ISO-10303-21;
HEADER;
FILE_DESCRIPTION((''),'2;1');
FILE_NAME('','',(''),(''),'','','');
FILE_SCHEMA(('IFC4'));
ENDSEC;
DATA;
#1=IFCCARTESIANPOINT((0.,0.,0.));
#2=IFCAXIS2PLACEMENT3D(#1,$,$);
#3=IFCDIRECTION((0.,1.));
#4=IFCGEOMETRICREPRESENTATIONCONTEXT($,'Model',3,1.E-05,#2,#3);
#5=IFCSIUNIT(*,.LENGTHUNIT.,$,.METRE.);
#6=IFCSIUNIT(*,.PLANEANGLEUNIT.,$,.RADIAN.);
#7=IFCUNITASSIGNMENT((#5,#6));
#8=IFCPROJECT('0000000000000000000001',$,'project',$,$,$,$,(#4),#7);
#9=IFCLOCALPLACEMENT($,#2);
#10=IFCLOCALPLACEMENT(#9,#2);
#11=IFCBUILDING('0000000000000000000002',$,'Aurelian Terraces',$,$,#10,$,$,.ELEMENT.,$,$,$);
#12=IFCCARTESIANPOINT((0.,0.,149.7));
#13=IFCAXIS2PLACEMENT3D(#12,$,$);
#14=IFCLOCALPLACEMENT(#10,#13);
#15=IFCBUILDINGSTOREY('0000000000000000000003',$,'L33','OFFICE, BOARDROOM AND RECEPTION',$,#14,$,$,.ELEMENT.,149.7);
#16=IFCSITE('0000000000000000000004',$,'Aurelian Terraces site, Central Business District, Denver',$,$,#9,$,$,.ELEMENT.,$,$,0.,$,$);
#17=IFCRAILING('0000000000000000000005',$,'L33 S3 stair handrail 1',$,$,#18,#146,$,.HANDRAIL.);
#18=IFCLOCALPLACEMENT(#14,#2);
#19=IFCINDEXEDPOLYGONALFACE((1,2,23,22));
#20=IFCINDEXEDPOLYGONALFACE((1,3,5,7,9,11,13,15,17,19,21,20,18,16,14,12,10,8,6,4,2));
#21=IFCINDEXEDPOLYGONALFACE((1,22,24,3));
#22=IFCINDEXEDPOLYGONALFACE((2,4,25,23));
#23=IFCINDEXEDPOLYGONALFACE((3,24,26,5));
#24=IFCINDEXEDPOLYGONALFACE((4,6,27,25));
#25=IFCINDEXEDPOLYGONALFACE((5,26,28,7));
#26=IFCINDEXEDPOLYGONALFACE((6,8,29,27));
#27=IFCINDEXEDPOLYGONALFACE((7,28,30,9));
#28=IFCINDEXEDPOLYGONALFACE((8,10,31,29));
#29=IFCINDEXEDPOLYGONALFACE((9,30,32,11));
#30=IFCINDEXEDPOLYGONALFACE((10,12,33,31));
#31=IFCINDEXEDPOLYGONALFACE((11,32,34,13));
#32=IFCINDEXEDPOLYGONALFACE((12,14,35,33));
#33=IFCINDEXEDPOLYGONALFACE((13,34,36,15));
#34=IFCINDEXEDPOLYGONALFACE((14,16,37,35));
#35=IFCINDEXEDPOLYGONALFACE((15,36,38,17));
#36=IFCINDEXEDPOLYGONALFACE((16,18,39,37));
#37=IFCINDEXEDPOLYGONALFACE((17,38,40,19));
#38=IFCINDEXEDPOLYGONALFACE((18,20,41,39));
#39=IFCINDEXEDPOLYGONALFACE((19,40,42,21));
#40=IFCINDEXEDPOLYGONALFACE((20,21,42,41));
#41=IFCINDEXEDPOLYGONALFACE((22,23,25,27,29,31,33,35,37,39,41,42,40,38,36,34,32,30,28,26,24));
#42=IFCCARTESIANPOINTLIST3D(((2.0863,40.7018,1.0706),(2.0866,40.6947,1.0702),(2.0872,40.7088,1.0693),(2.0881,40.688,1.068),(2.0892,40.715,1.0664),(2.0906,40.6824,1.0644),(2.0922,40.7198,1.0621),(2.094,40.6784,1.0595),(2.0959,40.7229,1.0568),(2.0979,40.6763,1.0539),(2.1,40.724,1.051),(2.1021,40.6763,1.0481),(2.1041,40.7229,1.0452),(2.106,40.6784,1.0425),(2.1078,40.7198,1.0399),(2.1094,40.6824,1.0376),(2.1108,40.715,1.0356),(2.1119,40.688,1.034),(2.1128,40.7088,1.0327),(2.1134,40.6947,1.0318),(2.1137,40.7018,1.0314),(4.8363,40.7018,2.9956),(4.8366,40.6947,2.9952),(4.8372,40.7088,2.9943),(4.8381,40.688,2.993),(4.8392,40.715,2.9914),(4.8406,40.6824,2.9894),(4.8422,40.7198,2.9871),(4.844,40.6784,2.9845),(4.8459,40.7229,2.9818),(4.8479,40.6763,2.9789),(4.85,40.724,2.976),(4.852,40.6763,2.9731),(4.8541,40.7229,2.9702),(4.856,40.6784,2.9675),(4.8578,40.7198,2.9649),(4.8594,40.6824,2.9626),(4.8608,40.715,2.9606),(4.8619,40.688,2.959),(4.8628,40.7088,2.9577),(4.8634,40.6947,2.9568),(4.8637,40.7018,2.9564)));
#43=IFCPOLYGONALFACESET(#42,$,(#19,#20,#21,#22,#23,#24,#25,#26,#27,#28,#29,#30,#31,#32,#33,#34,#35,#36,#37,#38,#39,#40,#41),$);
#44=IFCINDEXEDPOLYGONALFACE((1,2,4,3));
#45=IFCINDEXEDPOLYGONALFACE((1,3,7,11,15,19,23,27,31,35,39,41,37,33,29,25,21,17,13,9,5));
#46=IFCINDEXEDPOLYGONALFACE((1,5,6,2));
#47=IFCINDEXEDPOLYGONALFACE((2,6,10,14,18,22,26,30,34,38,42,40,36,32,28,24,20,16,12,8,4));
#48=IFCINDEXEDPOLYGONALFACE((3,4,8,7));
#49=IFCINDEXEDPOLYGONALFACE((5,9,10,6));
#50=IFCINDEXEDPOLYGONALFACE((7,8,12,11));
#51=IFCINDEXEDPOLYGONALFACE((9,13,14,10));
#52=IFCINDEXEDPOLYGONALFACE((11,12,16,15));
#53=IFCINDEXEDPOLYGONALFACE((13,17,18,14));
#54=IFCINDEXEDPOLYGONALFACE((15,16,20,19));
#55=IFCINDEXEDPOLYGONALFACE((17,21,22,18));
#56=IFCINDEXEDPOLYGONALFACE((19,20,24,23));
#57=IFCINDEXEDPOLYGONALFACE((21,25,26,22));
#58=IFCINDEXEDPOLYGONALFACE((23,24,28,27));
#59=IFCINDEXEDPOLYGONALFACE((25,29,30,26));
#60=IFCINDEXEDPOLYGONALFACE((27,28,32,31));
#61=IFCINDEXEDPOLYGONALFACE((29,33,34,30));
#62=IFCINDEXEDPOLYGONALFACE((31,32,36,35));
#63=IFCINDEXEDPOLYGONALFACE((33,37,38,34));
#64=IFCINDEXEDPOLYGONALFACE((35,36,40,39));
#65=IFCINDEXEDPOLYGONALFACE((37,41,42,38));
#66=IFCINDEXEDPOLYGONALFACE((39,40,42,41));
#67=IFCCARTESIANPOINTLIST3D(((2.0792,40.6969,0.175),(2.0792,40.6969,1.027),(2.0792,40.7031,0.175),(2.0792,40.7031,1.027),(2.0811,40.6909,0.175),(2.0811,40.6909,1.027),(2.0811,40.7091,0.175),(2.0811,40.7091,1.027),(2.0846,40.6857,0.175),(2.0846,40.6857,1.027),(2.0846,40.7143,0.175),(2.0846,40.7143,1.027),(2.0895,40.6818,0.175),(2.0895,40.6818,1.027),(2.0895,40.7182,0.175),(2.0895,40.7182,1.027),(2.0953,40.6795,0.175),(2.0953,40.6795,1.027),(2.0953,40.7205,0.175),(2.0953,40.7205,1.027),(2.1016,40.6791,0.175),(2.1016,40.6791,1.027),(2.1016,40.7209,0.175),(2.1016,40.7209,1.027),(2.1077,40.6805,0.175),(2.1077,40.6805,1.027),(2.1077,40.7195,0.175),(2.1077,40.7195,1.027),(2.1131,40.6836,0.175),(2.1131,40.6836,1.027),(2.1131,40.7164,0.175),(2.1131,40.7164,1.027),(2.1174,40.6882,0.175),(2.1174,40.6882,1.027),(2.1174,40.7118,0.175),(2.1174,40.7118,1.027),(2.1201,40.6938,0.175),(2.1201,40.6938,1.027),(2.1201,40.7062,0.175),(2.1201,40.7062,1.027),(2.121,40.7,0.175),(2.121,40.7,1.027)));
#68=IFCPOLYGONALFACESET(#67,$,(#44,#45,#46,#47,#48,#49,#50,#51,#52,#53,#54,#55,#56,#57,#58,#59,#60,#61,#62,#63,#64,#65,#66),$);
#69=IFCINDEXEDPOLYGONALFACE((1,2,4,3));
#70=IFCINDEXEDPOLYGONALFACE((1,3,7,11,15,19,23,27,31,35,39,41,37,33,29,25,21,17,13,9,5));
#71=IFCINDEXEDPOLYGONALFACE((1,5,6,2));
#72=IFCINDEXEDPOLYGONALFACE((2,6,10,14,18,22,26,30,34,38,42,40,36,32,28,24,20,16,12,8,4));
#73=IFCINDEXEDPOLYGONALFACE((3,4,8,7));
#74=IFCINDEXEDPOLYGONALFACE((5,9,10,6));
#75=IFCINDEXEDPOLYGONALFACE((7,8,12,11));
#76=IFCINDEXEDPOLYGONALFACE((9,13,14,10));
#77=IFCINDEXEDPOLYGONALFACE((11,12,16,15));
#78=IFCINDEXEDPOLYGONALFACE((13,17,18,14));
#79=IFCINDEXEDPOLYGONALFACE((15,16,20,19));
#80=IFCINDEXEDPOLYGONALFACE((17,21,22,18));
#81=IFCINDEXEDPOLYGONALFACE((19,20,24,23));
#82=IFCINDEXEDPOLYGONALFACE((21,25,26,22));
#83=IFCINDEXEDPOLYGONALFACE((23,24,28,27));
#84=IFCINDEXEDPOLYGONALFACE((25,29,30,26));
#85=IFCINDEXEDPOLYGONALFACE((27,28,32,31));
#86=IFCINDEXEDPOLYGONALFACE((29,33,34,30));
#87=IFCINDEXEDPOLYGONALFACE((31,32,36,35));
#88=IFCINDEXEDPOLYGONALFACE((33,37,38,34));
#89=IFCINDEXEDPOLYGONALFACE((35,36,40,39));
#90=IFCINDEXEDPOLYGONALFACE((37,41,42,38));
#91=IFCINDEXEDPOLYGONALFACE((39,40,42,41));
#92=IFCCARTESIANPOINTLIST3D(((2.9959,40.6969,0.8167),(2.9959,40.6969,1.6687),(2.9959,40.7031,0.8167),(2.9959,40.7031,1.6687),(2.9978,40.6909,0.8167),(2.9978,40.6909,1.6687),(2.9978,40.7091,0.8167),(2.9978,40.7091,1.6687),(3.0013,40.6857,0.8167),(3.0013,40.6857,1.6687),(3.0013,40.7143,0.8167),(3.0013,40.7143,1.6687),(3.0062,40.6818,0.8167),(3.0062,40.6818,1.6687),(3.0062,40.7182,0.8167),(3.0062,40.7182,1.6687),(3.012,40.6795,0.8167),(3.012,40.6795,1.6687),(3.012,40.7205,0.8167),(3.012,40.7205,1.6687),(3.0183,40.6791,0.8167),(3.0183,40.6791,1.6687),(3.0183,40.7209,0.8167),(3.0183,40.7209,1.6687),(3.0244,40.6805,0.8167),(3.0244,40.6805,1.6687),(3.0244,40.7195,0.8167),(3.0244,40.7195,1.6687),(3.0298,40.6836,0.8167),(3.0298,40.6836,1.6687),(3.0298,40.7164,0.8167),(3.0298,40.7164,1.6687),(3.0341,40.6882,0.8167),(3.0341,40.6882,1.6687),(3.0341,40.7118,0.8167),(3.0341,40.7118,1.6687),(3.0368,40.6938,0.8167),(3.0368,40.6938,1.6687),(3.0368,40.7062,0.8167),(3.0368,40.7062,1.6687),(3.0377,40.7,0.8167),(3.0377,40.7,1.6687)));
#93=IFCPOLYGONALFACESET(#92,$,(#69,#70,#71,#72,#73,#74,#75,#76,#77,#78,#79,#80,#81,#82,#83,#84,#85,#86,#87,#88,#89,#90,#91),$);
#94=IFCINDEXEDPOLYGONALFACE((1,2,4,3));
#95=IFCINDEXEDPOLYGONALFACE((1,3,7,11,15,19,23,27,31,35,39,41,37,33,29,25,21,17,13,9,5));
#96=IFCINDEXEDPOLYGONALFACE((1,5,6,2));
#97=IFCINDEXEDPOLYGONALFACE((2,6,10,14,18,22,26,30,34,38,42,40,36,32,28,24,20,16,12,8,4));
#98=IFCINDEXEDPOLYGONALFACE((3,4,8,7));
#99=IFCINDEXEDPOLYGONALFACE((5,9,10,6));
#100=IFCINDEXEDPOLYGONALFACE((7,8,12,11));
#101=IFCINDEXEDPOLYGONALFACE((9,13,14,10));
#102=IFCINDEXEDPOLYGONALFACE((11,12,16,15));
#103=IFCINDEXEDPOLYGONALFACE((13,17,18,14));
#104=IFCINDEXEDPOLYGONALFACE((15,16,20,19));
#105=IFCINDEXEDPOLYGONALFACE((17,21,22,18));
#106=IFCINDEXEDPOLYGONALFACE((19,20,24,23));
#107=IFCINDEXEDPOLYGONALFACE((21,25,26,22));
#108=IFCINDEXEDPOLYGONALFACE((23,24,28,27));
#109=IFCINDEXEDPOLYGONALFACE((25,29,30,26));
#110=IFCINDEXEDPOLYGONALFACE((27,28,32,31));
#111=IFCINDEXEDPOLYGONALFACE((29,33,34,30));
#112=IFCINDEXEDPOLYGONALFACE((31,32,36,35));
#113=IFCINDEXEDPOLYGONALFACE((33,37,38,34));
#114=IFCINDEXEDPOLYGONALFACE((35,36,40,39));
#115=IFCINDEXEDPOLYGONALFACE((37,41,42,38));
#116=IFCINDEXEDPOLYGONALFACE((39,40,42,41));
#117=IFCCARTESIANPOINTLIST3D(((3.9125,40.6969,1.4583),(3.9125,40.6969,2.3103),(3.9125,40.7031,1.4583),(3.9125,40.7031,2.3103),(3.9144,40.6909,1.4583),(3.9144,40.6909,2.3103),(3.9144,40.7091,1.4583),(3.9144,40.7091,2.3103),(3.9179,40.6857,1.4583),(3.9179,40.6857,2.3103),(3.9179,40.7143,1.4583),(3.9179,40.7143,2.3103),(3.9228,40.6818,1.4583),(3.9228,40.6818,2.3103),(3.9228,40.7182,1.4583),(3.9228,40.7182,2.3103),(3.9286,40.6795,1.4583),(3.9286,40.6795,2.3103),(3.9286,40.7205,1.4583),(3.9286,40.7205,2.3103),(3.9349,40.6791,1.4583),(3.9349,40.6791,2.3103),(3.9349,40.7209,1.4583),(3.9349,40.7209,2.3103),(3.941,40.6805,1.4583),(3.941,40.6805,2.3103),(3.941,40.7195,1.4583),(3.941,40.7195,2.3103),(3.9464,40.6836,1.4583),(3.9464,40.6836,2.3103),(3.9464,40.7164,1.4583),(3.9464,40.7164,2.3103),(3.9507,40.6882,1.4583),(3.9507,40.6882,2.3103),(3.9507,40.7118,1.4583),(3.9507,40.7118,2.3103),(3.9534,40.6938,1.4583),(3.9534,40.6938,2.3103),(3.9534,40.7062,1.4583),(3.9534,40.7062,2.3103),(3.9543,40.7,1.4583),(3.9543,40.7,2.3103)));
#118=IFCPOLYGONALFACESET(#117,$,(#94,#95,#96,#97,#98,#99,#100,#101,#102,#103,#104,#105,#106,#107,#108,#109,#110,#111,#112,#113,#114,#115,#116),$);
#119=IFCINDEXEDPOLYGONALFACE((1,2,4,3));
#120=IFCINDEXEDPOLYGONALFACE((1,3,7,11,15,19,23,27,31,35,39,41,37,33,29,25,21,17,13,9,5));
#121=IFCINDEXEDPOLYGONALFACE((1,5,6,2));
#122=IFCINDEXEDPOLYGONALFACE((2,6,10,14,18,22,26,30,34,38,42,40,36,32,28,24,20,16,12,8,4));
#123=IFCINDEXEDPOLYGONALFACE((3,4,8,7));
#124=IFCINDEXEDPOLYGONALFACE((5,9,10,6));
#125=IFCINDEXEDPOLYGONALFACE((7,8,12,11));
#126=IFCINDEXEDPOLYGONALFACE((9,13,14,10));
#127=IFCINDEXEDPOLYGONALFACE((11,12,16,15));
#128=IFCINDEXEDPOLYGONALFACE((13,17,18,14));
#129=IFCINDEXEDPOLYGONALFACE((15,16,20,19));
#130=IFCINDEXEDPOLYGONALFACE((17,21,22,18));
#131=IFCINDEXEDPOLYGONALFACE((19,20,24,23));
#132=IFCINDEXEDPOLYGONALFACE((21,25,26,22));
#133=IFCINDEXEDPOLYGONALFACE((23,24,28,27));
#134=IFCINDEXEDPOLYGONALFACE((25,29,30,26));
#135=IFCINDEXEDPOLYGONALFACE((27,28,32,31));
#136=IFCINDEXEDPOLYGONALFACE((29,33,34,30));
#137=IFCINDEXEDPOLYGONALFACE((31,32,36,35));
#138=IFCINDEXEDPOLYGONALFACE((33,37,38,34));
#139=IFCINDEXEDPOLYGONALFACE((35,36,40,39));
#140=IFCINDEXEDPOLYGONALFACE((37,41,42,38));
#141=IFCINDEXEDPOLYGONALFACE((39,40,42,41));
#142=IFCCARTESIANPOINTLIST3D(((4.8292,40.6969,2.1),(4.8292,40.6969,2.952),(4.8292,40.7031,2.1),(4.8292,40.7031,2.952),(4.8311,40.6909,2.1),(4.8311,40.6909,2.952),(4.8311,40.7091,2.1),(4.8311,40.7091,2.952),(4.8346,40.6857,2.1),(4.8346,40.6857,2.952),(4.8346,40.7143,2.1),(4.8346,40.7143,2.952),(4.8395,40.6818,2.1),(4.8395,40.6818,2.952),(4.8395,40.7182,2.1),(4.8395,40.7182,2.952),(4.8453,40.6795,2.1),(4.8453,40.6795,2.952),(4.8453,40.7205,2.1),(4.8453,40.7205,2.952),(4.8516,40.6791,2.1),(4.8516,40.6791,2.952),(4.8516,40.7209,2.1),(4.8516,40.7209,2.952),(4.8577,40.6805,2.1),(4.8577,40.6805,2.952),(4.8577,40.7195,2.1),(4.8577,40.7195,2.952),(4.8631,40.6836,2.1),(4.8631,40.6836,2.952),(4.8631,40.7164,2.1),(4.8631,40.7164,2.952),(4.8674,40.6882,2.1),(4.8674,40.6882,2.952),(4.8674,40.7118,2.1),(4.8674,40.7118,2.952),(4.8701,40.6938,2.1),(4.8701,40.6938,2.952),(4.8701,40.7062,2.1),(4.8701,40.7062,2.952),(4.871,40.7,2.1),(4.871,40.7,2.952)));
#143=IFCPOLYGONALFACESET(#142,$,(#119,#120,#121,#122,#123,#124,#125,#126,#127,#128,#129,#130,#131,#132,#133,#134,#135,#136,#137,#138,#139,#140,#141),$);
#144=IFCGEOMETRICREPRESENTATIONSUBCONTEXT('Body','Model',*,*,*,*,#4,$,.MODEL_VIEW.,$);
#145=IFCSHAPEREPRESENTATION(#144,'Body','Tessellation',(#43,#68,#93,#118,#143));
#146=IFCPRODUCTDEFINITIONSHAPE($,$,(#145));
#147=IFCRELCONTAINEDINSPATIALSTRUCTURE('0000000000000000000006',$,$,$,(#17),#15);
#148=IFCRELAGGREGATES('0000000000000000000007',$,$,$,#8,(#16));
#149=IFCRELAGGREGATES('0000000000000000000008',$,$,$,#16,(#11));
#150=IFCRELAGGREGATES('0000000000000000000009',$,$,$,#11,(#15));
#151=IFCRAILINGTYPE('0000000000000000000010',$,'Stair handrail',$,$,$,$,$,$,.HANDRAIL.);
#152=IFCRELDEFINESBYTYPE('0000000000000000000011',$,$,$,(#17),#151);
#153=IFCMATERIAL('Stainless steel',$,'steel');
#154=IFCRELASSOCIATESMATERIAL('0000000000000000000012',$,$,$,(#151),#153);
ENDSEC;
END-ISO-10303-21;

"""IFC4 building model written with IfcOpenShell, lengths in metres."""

from ifc_helpers import new_model, si_unit, direction, frame, origin, origin_2d, place, context, subcontext, project, spatial, circle, extrude, source, transform, mapped, material, type_object, element, save


model = new_model("IFC4")

# Units and contexts
model_context = context("Model", 3, precision=1e-05, world=origin(), true_north=direction((0.0, 1.0)))
body_context = subcontext(model_context, "Body", "Model", "MODEL_VIEW")
ifc_project = project(units=[si_unit("LENGTHUNIT", "METRE"), si_unit("PLANEANGLEUNIT", "RADIAN")], contexts=[model_context])

# Site, building, storey
site_placement = place(None, origin())
site = spatial("IfcSite", under=ifc_project, at=site_placement, Name="Aurelian Terraces site, Central Business District, Denver", CompositionType="ELEMENT", RefElevation=0.0)
building_placement = place(site_placement, origin())
building = spatial("IfcBuilding", under=site, at=building_placement, Name="Aurelian Terraces", CompositionType="ELEMENT")
storey_placement = place(building_placement, frame((0.0, 0.0, 149.7)))
storey = spatial("IfcBuildingStorey", under=building, at=storey_placement, Name="L33", Description="OFFICE, BOARDROOM AND RECEPTION", CompositionType="ELEMENT", Elevation=149.7)

# Railing
ifc_material_1 = material(Name="Stainless steel", Category="steel")
railing_type_1 = type_object("IfcRailingType", Name="Stair handrail", PredefinedType="HANDRAIL", material=ifc_material_1)
shared_shape_1 = source(origin(), body_context, "Body", "SweptSolid", [
    extrude(circle(Radius=0.024, at=origin_2d()), frame((0.0, 0.0, 0.876), z_axis=(0.819232, 0.0, 0.573462), x_axis=(0.0, 1.0, 0.0)), (0.0, 0.0, 1.0), 3.3568),
    extrude(circle(Radius=0.021, at=origin_2d()), origin(), (0.0, 0.0, 1.0), 0.852),
    extrude(circle(Radius=0.021, at=origin_2d()), frame((0.9167, 0.0, 0.6417)), (0.0, 0.0, 1.0), 0.852),
    extrude(circle(Radius=0.021, at=origin_2d()), frame((1.8333, 0.0, 1.2833)), (0.0, 0.0, 1.0), 0.852),
    extrude(circle(Radius=0.021, at=origin_2d()), frame((2.75, 0.0, 1.925)), (0.0, 0.0, 1.0), 0.852),
])
railing_1_placement = place(storey_placement, frame((2.1, 40.7, 0.175)))
element("IfcRailing", 1, at=railing_1_placement, inside=storey, type_object=railing_type_1, Name="L33 S3 stair handrail 1", PredefinedType="HANDRAIL", context=body_context, shape_type="MappedRepresentation", body=[
    mapped(shared_shape_1, transform((0.0, 0.0, 0.0), scale=1.0)),
])

save(model, "model.ifc")
